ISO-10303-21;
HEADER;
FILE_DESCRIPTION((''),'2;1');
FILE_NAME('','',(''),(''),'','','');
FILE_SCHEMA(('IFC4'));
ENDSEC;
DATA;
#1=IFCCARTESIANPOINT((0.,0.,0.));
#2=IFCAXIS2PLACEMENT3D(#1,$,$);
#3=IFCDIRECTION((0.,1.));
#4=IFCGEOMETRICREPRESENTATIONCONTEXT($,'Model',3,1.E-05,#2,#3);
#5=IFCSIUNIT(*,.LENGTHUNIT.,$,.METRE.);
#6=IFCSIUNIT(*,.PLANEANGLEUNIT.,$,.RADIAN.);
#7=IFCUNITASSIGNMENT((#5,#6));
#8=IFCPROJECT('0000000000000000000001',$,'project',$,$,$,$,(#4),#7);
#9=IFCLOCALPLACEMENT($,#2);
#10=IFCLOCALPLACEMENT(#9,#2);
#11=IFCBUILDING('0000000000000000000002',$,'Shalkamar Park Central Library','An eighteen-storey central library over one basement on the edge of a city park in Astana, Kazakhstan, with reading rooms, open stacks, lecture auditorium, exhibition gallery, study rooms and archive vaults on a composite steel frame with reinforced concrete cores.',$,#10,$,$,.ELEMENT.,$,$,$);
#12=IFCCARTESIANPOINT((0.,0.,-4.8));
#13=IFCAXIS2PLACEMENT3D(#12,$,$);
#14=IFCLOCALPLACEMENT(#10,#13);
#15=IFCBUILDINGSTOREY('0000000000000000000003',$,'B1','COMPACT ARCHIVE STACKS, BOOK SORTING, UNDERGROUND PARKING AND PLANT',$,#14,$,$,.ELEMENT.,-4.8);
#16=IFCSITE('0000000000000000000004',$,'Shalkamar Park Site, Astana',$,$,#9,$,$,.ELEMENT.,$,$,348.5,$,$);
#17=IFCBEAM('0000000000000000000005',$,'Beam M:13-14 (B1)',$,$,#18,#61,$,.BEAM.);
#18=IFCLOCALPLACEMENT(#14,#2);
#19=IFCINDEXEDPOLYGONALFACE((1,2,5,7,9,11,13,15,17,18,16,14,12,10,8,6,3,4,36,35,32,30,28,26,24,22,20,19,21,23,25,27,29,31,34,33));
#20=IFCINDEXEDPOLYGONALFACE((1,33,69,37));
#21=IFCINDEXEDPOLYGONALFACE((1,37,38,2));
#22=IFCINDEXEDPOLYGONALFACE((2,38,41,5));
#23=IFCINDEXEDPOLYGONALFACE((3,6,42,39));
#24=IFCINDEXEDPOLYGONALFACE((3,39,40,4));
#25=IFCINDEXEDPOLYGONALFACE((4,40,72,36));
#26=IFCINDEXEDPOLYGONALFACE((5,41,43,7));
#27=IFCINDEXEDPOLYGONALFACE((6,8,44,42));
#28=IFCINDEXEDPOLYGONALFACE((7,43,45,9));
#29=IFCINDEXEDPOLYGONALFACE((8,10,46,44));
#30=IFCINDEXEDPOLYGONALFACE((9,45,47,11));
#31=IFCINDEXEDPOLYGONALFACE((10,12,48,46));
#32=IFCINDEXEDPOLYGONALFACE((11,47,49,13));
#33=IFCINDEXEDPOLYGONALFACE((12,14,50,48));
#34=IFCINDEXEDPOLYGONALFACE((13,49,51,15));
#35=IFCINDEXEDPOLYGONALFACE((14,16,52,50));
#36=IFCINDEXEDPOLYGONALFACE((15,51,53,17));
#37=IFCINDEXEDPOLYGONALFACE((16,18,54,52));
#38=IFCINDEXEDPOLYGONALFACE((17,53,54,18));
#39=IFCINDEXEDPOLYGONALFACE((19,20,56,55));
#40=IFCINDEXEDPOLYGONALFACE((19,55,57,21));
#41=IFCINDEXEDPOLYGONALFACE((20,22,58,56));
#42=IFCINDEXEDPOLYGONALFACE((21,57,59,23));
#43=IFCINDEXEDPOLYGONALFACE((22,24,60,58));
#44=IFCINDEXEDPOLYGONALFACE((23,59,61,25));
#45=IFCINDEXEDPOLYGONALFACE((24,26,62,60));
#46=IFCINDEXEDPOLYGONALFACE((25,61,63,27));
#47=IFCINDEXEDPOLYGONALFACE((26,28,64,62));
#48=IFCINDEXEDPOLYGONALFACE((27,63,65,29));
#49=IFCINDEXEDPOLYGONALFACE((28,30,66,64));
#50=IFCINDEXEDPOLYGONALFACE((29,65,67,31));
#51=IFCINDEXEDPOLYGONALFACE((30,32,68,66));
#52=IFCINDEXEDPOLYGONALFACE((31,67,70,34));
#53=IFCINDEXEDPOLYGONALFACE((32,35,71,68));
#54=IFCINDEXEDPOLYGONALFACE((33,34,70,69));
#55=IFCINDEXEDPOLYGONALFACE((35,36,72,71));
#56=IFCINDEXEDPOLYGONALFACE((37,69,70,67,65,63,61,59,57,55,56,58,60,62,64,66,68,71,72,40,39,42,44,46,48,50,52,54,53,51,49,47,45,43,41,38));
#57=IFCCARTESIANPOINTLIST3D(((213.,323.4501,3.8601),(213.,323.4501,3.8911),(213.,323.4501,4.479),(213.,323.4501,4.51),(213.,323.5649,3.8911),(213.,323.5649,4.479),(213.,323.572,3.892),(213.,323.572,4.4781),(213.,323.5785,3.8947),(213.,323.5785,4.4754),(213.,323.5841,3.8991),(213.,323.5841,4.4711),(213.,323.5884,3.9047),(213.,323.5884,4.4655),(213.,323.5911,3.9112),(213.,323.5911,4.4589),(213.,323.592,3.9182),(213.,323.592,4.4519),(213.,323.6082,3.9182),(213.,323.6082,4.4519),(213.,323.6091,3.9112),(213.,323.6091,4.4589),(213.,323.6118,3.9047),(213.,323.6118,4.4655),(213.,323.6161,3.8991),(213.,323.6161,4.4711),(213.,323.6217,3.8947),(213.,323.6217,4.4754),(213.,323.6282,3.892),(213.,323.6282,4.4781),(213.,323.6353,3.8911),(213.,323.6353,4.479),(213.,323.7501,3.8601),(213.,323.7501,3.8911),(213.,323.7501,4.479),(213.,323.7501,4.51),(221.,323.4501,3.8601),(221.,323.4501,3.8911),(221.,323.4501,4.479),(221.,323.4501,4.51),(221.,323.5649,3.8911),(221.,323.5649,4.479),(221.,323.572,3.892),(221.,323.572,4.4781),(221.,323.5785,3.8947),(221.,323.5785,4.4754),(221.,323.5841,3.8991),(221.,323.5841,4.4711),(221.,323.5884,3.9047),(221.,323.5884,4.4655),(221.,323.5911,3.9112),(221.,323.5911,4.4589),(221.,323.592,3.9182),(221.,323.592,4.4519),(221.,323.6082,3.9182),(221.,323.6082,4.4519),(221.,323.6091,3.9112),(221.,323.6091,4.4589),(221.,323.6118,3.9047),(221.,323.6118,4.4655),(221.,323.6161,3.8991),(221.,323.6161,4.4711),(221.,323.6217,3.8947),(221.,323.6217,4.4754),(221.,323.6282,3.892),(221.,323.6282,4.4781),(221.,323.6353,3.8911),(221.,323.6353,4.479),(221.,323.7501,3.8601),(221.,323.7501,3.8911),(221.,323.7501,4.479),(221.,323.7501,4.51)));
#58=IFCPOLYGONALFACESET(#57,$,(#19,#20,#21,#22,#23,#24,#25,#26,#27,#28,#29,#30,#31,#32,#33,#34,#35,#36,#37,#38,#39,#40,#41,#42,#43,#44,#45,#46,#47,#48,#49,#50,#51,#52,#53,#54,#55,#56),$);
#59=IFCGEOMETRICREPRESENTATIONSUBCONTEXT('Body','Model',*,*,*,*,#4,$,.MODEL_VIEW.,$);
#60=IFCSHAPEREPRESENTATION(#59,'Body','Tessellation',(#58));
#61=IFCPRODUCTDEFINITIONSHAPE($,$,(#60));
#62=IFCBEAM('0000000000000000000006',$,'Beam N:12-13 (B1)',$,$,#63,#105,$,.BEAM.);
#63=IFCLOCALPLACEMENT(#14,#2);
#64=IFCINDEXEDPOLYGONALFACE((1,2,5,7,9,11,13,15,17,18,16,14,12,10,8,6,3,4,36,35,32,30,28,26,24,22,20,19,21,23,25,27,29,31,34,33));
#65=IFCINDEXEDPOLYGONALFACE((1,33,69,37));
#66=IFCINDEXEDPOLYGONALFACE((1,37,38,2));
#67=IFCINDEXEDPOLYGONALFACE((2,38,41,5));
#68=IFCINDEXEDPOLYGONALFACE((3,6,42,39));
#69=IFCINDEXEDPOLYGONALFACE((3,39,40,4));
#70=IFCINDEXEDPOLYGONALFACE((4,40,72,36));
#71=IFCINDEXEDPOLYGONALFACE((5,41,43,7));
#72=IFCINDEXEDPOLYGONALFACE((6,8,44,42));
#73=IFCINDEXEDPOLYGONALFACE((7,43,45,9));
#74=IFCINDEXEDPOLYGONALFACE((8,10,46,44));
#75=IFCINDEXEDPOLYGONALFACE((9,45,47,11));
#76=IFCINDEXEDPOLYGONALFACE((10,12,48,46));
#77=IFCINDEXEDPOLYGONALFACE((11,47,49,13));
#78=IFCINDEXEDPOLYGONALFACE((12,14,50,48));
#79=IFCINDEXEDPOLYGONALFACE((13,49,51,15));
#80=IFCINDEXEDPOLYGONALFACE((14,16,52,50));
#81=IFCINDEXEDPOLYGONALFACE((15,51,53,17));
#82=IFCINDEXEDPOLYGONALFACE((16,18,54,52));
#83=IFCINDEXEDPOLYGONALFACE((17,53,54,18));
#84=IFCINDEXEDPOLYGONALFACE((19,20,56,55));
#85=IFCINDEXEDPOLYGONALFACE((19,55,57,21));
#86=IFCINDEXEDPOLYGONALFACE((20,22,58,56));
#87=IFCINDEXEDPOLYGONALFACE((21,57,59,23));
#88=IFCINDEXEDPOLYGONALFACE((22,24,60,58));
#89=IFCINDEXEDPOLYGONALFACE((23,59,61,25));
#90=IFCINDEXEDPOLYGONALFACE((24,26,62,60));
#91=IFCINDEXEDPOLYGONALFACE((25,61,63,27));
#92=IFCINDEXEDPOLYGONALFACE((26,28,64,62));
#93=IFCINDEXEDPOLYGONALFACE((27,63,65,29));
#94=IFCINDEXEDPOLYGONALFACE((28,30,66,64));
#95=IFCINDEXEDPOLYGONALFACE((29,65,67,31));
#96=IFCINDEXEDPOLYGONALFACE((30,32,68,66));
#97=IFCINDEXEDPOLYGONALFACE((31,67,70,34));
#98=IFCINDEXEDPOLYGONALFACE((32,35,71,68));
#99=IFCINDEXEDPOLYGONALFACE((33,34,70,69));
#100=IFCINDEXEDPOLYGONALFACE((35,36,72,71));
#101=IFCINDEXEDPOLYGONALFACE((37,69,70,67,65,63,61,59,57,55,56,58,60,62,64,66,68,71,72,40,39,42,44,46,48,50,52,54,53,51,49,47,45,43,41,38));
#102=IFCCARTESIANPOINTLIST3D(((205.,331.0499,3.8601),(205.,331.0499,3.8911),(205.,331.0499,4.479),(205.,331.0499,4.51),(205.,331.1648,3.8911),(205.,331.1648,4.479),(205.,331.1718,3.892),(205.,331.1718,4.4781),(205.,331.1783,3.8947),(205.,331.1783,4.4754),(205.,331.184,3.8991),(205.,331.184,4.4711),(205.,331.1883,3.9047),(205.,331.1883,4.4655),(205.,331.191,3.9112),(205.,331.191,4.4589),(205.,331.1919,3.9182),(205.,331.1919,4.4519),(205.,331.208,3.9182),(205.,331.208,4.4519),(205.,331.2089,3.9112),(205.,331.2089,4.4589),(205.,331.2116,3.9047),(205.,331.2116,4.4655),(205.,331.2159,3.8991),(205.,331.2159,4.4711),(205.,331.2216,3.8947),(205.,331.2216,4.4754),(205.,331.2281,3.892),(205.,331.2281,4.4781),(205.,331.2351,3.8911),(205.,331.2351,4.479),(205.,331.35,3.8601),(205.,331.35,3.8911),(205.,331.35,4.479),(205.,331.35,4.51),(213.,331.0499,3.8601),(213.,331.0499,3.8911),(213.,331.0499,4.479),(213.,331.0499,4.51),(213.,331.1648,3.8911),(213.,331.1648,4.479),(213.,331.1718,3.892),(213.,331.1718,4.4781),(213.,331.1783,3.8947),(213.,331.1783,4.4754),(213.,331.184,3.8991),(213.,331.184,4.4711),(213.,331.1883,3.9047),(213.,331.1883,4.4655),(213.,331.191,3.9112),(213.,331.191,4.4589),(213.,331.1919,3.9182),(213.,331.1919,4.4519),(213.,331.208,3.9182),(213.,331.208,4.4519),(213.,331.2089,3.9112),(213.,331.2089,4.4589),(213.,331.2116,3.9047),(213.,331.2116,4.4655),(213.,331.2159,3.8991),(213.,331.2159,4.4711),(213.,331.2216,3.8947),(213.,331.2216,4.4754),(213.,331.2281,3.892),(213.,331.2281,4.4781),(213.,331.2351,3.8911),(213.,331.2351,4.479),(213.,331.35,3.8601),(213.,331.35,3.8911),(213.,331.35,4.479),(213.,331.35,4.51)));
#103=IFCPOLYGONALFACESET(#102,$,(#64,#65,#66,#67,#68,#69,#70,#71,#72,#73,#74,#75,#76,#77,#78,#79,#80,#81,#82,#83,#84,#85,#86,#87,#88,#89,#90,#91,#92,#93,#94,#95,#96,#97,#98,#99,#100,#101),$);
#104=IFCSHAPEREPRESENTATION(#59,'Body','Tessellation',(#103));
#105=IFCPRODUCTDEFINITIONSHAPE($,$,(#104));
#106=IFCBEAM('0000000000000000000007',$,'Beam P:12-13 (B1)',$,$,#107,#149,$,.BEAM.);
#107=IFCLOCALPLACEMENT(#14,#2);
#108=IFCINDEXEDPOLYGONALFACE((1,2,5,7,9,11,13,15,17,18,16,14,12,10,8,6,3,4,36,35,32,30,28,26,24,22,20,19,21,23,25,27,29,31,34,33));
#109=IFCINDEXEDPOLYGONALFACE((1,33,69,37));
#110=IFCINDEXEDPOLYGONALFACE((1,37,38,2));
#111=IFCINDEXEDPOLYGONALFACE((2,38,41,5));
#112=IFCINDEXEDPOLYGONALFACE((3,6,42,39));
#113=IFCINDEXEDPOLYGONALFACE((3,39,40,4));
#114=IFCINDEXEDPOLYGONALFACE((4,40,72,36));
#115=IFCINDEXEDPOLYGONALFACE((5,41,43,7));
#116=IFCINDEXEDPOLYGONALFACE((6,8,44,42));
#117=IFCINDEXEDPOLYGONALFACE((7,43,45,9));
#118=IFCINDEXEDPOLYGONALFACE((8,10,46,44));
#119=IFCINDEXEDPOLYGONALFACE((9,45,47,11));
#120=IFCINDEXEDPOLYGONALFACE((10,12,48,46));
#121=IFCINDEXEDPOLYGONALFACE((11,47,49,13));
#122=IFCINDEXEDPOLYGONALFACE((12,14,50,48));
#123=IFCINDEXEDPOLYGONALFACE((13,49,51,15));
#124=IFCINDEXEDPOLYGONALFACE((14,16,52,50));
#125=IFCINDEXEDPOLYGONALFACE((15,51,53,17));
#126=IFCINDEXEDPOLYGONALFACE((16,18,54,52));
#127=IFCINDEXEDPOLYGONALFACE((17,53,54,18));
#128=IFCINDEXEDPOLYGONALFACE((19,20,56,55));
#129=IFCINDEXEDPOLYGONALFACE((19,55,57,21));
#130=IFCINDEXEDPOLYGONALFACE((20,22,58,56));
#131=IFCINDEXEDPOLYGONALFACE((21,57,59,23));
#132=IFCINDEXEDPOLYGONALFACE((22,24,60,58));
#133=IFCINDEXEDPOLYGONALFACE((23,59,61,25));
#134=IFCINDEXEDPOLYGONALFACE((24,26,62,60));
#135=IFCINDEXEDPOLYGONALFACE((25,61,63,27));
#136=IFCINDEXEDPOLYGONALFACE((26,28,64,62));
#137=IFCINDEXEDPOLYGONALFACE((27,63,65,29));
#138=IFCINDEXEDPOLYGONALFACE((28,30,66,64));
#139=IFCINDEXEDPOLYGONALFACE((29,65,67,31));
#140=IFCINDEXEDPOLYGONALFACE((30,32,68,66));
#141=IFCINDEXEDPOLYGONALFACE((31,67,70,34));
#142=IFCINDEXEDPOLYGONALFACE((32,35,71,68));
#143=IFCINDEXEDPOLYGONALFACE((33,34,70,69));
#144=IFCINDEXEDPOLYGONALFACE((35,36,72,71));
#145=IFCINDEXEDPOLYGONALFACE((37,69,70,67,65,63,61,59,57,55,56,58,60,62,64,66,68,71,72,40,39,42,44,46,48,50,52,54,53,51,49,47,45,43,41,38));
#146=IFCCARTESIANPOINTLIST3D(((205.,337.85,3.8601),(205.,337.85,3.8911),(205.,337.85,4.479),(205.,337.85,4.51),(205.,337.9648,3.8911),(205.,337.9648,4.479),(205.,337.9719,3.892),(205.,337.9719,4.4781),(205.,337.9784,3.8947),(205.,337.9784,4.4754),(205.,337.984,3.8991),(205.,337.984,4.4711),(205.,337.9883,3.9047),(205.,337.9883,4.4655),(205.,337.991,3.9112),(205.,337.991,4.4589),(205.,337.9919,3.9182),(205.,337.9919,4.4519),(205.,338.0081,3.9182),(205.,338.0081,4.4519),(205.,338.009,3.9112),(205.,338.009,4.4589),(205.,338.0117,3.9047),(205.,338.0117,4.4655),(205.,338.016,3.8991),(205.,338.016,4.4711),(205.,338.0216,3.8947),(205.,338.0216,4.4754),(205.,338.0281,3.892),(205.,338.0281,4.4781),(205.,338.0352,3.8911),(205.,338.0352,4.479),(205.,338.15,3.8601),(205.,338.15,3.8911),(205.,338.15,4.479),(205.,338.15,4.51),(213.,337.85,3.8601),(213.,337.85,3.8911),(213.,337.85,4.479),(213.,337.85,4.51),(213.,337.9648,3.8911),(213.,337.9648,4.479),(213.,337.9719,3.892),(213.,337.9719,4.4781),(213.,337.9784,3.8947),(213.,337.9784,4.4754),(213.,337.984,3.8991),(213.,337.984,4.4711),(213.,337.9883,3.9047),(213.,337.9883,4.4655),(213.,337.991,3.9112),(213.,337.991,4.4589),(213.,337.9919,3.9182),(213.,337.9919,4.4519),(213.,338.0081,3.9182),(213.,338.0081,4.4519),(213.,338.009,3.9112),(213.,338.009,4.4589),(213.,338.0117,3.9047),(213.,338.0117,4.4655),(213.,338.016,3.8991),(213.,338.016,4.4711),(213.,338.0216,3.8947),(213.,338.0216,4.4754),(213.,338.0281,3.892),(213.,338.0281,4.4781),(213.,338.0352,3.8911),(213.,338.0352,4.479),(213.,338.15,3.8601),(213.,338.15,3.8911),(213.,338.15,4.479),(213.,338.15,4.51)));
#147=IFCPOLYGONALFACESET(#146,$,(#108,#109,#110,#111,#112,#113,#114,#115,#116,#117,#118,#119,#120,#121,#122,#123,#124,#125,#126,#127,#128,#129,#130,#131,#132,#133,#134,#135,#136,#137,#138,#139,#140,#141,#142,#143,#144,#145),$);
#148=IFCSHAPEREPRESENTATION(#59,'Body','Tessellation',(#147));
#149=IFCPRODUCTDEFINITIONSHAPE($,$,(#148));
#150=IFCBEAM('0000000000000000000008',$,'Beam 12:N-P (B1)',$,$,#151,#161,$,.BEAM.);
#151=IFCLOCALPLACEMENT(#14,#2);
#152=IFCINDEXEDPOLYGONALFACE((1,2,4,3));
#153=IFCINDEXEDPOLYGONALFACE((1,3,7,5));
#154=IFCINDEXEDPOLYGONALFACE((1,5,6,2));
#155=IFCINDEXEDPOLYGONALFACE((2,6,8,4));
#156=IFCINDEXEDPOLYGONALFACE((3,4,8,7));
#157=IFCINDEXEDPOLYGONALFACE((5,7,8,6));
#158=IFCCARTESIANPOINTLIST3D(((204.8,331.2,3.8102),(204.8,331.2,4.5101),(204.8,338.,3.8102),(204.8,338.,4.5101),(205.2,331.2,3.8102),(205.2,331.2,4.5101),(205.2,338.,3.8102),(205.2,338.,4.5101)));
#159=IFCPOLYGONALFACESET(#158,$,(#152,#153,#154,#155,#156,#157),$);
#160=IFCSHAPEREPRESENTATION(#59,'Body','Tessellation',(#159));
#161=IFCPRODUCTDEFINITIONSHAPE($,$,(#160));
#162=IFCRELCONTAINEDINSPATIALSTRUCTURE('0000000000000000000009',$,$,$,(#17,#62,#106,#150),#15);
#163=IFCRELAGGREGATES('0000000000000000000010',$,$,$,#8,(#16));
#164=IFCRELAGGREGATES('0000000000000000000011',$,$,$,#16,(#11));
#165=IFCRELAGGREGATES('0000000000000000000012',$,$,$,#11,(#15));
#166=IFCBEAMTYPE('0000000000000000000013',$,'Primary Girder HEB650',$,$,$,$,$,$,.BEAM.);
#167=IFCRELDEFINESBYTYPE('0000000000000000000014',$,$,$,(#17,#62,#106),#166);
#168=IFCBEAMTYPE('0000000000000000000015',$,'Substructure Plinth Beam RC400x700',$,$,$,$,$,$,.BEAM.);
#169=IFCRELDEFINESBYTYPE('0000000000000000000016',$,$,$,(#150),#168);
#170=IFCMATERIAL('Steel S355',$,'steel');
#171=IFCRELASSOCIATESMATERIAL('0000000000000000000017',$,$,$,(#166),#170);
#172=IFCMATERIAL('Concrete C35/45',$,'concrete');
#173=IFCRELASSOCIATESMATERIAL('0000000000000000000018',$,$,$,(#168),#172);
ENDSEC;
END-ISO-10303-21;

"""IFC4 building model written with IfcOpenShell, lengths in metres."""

from ifc_helpers import new_model, si_unit, direction, frame, origin, origin_2d, place, context, subcontext, project, spatial, rectangle, i_section, extrude, material, material_profile, profile_set, type_object, element, save


model = new_model("IFC4")

# Units and contexts
model_context = context("Model", 3, precision=1e-05, world=origin(), true_north=direction((0.0, 1.0)))
body_context = subcontext(model_context, "Body", "Model", "MODEL_VIEW")
ifc_project = project(units=[si_unit("LENGTHUNIT", "METRE"), si_unit("PLANEANGLEUNIT", "RADIAN")], contexts=[model_context])

# Site, building, storey
site_placement = place(None, origin())
site = spatial("IfcSite", under=ifc_project, at=site_placement, Name="Shalkamar Park Site, Astana", CompositionType="ELEMENT", RefElevation=348.5)
building_placement = place(site_placement, origin())
building = spatial("IfcBuilding", under=site, at=building_placement, Name="Shalkamar Park Central Library", Description="An eighteen-storey central library over one basement on the edge of a city park in Astana, Kazakhstan, with reading rooms, open stacks, lecture auditorium, exhibition gallery, study rooms and archive vaults on a composite steel frame with reinforced concrete cores.", CompositionType="ELEMENT")
storey_placement = place(building_placement, frame((0.0, 0.0, -4.8)))
storey = spatial("IfcBuildingStorey", under=building, at=storey_placement, Name="B1", Description="COMPACT ARCHIVE STACKS, BOOK SORTING, UNDERGROUND PARKING AND PLANT", CompositionType="ELEMENT", Elevation=-4.8)

# Shared definitions
ifc_material_1 = material(Name="Concrete C35/45", Category="concrete")

# Shared definitions
ifc_material_2 = material(Name="Steel S355", Category="steel")

# Beams
ifc_material_profile_1 = material_profile(ifc_material_2, i_section(OverallWidth=0.3, OverallDepth=0.6499, WebThickness=0.0161, FlangeThickness=0.031, FilletRadius=0.0271, at=origin_2d()), Name="HEB 650")
ifc_profile_set_1 = profile_set([ifc_material_profile_1], Name="Steel S355")
beam_type_1 = type_object("IfcBeamType", Name="Primary Girder HEB650", PredefinedType="BEAM", material=ifc_profile_set_1)
for number, where, z_axis, x_axis, name in (
    (1, (213.0, 323.6001, 4.1851), (1.0, 0.0, 0.0), (0.0, 1.0, 0.0), "Beam M:13-14 (B1)"),
    (2, (205.0, 331.2, 4.1851), (1.0, 0.0, 0.0), (0.0, 1.0, 0.0), "Beam N:12-13 (B1)"),
    (3, (205.0, 338.0, 4.1851), (1.0, 0.0, 0.0), (0.0, 1.0, 0.0), "Beam P:12-13 (B1)"),
):
    element("IfcBeam", number, at=place(storey_placement, frame(where, z_axis=z_axis, x_axis=x_axis)), inside=storey, type_object=beam_type_1, Name=name, PredefinedType="BEAM", context=body_context, shape_type="SweptSolid", body=[
        extrude(i_section(OverallWidth=0.3, OverallDepth=0.6499, WebThickness=0.0161, FlangeThickness=0.031, FilletRadius=0.0271, at=origin_2d()), origin(), (0.0, 0.0, 1.0), 8.0),
    ])
ifc_material_profile_2 = material_profile(ifc_material_1, rectangle(XDim=0.3999, YDim=0.7, at=origin_2d()), Name="RC 400x700")
ifc_profile_set_2 = profile_set([ifc_material_profile_2], Name="Concrete C35/45")
beam_type_2 = type_object("IfcBeamType", Name="Substructure Plinth Beam RC400x700", PredefinedType="BEAM", material=ifc_profile_set_2)
beam_1_placement = place(storey_placement, frame((205.0, 331.2, 4.1602), z_axis=(0.0, 1.0, 0.0), x_axis=(-1.0, 0.0, 0.0)))
element("IfcBeam", 4, at=beam_1_placement, inside=storey, type_object=beam_type_2, Name="Beam 12:N-P (B1)", PredefinedType="BEAM", context=body_context, shape_type="SweptSolid", body=[
    extrude(rectangle(XDim=0.3999, YDim=0.7, at=origin_2d()), origin(), (0.0, 0.0, 1.0), 6.8),
])

save(model, "model.ifc")
